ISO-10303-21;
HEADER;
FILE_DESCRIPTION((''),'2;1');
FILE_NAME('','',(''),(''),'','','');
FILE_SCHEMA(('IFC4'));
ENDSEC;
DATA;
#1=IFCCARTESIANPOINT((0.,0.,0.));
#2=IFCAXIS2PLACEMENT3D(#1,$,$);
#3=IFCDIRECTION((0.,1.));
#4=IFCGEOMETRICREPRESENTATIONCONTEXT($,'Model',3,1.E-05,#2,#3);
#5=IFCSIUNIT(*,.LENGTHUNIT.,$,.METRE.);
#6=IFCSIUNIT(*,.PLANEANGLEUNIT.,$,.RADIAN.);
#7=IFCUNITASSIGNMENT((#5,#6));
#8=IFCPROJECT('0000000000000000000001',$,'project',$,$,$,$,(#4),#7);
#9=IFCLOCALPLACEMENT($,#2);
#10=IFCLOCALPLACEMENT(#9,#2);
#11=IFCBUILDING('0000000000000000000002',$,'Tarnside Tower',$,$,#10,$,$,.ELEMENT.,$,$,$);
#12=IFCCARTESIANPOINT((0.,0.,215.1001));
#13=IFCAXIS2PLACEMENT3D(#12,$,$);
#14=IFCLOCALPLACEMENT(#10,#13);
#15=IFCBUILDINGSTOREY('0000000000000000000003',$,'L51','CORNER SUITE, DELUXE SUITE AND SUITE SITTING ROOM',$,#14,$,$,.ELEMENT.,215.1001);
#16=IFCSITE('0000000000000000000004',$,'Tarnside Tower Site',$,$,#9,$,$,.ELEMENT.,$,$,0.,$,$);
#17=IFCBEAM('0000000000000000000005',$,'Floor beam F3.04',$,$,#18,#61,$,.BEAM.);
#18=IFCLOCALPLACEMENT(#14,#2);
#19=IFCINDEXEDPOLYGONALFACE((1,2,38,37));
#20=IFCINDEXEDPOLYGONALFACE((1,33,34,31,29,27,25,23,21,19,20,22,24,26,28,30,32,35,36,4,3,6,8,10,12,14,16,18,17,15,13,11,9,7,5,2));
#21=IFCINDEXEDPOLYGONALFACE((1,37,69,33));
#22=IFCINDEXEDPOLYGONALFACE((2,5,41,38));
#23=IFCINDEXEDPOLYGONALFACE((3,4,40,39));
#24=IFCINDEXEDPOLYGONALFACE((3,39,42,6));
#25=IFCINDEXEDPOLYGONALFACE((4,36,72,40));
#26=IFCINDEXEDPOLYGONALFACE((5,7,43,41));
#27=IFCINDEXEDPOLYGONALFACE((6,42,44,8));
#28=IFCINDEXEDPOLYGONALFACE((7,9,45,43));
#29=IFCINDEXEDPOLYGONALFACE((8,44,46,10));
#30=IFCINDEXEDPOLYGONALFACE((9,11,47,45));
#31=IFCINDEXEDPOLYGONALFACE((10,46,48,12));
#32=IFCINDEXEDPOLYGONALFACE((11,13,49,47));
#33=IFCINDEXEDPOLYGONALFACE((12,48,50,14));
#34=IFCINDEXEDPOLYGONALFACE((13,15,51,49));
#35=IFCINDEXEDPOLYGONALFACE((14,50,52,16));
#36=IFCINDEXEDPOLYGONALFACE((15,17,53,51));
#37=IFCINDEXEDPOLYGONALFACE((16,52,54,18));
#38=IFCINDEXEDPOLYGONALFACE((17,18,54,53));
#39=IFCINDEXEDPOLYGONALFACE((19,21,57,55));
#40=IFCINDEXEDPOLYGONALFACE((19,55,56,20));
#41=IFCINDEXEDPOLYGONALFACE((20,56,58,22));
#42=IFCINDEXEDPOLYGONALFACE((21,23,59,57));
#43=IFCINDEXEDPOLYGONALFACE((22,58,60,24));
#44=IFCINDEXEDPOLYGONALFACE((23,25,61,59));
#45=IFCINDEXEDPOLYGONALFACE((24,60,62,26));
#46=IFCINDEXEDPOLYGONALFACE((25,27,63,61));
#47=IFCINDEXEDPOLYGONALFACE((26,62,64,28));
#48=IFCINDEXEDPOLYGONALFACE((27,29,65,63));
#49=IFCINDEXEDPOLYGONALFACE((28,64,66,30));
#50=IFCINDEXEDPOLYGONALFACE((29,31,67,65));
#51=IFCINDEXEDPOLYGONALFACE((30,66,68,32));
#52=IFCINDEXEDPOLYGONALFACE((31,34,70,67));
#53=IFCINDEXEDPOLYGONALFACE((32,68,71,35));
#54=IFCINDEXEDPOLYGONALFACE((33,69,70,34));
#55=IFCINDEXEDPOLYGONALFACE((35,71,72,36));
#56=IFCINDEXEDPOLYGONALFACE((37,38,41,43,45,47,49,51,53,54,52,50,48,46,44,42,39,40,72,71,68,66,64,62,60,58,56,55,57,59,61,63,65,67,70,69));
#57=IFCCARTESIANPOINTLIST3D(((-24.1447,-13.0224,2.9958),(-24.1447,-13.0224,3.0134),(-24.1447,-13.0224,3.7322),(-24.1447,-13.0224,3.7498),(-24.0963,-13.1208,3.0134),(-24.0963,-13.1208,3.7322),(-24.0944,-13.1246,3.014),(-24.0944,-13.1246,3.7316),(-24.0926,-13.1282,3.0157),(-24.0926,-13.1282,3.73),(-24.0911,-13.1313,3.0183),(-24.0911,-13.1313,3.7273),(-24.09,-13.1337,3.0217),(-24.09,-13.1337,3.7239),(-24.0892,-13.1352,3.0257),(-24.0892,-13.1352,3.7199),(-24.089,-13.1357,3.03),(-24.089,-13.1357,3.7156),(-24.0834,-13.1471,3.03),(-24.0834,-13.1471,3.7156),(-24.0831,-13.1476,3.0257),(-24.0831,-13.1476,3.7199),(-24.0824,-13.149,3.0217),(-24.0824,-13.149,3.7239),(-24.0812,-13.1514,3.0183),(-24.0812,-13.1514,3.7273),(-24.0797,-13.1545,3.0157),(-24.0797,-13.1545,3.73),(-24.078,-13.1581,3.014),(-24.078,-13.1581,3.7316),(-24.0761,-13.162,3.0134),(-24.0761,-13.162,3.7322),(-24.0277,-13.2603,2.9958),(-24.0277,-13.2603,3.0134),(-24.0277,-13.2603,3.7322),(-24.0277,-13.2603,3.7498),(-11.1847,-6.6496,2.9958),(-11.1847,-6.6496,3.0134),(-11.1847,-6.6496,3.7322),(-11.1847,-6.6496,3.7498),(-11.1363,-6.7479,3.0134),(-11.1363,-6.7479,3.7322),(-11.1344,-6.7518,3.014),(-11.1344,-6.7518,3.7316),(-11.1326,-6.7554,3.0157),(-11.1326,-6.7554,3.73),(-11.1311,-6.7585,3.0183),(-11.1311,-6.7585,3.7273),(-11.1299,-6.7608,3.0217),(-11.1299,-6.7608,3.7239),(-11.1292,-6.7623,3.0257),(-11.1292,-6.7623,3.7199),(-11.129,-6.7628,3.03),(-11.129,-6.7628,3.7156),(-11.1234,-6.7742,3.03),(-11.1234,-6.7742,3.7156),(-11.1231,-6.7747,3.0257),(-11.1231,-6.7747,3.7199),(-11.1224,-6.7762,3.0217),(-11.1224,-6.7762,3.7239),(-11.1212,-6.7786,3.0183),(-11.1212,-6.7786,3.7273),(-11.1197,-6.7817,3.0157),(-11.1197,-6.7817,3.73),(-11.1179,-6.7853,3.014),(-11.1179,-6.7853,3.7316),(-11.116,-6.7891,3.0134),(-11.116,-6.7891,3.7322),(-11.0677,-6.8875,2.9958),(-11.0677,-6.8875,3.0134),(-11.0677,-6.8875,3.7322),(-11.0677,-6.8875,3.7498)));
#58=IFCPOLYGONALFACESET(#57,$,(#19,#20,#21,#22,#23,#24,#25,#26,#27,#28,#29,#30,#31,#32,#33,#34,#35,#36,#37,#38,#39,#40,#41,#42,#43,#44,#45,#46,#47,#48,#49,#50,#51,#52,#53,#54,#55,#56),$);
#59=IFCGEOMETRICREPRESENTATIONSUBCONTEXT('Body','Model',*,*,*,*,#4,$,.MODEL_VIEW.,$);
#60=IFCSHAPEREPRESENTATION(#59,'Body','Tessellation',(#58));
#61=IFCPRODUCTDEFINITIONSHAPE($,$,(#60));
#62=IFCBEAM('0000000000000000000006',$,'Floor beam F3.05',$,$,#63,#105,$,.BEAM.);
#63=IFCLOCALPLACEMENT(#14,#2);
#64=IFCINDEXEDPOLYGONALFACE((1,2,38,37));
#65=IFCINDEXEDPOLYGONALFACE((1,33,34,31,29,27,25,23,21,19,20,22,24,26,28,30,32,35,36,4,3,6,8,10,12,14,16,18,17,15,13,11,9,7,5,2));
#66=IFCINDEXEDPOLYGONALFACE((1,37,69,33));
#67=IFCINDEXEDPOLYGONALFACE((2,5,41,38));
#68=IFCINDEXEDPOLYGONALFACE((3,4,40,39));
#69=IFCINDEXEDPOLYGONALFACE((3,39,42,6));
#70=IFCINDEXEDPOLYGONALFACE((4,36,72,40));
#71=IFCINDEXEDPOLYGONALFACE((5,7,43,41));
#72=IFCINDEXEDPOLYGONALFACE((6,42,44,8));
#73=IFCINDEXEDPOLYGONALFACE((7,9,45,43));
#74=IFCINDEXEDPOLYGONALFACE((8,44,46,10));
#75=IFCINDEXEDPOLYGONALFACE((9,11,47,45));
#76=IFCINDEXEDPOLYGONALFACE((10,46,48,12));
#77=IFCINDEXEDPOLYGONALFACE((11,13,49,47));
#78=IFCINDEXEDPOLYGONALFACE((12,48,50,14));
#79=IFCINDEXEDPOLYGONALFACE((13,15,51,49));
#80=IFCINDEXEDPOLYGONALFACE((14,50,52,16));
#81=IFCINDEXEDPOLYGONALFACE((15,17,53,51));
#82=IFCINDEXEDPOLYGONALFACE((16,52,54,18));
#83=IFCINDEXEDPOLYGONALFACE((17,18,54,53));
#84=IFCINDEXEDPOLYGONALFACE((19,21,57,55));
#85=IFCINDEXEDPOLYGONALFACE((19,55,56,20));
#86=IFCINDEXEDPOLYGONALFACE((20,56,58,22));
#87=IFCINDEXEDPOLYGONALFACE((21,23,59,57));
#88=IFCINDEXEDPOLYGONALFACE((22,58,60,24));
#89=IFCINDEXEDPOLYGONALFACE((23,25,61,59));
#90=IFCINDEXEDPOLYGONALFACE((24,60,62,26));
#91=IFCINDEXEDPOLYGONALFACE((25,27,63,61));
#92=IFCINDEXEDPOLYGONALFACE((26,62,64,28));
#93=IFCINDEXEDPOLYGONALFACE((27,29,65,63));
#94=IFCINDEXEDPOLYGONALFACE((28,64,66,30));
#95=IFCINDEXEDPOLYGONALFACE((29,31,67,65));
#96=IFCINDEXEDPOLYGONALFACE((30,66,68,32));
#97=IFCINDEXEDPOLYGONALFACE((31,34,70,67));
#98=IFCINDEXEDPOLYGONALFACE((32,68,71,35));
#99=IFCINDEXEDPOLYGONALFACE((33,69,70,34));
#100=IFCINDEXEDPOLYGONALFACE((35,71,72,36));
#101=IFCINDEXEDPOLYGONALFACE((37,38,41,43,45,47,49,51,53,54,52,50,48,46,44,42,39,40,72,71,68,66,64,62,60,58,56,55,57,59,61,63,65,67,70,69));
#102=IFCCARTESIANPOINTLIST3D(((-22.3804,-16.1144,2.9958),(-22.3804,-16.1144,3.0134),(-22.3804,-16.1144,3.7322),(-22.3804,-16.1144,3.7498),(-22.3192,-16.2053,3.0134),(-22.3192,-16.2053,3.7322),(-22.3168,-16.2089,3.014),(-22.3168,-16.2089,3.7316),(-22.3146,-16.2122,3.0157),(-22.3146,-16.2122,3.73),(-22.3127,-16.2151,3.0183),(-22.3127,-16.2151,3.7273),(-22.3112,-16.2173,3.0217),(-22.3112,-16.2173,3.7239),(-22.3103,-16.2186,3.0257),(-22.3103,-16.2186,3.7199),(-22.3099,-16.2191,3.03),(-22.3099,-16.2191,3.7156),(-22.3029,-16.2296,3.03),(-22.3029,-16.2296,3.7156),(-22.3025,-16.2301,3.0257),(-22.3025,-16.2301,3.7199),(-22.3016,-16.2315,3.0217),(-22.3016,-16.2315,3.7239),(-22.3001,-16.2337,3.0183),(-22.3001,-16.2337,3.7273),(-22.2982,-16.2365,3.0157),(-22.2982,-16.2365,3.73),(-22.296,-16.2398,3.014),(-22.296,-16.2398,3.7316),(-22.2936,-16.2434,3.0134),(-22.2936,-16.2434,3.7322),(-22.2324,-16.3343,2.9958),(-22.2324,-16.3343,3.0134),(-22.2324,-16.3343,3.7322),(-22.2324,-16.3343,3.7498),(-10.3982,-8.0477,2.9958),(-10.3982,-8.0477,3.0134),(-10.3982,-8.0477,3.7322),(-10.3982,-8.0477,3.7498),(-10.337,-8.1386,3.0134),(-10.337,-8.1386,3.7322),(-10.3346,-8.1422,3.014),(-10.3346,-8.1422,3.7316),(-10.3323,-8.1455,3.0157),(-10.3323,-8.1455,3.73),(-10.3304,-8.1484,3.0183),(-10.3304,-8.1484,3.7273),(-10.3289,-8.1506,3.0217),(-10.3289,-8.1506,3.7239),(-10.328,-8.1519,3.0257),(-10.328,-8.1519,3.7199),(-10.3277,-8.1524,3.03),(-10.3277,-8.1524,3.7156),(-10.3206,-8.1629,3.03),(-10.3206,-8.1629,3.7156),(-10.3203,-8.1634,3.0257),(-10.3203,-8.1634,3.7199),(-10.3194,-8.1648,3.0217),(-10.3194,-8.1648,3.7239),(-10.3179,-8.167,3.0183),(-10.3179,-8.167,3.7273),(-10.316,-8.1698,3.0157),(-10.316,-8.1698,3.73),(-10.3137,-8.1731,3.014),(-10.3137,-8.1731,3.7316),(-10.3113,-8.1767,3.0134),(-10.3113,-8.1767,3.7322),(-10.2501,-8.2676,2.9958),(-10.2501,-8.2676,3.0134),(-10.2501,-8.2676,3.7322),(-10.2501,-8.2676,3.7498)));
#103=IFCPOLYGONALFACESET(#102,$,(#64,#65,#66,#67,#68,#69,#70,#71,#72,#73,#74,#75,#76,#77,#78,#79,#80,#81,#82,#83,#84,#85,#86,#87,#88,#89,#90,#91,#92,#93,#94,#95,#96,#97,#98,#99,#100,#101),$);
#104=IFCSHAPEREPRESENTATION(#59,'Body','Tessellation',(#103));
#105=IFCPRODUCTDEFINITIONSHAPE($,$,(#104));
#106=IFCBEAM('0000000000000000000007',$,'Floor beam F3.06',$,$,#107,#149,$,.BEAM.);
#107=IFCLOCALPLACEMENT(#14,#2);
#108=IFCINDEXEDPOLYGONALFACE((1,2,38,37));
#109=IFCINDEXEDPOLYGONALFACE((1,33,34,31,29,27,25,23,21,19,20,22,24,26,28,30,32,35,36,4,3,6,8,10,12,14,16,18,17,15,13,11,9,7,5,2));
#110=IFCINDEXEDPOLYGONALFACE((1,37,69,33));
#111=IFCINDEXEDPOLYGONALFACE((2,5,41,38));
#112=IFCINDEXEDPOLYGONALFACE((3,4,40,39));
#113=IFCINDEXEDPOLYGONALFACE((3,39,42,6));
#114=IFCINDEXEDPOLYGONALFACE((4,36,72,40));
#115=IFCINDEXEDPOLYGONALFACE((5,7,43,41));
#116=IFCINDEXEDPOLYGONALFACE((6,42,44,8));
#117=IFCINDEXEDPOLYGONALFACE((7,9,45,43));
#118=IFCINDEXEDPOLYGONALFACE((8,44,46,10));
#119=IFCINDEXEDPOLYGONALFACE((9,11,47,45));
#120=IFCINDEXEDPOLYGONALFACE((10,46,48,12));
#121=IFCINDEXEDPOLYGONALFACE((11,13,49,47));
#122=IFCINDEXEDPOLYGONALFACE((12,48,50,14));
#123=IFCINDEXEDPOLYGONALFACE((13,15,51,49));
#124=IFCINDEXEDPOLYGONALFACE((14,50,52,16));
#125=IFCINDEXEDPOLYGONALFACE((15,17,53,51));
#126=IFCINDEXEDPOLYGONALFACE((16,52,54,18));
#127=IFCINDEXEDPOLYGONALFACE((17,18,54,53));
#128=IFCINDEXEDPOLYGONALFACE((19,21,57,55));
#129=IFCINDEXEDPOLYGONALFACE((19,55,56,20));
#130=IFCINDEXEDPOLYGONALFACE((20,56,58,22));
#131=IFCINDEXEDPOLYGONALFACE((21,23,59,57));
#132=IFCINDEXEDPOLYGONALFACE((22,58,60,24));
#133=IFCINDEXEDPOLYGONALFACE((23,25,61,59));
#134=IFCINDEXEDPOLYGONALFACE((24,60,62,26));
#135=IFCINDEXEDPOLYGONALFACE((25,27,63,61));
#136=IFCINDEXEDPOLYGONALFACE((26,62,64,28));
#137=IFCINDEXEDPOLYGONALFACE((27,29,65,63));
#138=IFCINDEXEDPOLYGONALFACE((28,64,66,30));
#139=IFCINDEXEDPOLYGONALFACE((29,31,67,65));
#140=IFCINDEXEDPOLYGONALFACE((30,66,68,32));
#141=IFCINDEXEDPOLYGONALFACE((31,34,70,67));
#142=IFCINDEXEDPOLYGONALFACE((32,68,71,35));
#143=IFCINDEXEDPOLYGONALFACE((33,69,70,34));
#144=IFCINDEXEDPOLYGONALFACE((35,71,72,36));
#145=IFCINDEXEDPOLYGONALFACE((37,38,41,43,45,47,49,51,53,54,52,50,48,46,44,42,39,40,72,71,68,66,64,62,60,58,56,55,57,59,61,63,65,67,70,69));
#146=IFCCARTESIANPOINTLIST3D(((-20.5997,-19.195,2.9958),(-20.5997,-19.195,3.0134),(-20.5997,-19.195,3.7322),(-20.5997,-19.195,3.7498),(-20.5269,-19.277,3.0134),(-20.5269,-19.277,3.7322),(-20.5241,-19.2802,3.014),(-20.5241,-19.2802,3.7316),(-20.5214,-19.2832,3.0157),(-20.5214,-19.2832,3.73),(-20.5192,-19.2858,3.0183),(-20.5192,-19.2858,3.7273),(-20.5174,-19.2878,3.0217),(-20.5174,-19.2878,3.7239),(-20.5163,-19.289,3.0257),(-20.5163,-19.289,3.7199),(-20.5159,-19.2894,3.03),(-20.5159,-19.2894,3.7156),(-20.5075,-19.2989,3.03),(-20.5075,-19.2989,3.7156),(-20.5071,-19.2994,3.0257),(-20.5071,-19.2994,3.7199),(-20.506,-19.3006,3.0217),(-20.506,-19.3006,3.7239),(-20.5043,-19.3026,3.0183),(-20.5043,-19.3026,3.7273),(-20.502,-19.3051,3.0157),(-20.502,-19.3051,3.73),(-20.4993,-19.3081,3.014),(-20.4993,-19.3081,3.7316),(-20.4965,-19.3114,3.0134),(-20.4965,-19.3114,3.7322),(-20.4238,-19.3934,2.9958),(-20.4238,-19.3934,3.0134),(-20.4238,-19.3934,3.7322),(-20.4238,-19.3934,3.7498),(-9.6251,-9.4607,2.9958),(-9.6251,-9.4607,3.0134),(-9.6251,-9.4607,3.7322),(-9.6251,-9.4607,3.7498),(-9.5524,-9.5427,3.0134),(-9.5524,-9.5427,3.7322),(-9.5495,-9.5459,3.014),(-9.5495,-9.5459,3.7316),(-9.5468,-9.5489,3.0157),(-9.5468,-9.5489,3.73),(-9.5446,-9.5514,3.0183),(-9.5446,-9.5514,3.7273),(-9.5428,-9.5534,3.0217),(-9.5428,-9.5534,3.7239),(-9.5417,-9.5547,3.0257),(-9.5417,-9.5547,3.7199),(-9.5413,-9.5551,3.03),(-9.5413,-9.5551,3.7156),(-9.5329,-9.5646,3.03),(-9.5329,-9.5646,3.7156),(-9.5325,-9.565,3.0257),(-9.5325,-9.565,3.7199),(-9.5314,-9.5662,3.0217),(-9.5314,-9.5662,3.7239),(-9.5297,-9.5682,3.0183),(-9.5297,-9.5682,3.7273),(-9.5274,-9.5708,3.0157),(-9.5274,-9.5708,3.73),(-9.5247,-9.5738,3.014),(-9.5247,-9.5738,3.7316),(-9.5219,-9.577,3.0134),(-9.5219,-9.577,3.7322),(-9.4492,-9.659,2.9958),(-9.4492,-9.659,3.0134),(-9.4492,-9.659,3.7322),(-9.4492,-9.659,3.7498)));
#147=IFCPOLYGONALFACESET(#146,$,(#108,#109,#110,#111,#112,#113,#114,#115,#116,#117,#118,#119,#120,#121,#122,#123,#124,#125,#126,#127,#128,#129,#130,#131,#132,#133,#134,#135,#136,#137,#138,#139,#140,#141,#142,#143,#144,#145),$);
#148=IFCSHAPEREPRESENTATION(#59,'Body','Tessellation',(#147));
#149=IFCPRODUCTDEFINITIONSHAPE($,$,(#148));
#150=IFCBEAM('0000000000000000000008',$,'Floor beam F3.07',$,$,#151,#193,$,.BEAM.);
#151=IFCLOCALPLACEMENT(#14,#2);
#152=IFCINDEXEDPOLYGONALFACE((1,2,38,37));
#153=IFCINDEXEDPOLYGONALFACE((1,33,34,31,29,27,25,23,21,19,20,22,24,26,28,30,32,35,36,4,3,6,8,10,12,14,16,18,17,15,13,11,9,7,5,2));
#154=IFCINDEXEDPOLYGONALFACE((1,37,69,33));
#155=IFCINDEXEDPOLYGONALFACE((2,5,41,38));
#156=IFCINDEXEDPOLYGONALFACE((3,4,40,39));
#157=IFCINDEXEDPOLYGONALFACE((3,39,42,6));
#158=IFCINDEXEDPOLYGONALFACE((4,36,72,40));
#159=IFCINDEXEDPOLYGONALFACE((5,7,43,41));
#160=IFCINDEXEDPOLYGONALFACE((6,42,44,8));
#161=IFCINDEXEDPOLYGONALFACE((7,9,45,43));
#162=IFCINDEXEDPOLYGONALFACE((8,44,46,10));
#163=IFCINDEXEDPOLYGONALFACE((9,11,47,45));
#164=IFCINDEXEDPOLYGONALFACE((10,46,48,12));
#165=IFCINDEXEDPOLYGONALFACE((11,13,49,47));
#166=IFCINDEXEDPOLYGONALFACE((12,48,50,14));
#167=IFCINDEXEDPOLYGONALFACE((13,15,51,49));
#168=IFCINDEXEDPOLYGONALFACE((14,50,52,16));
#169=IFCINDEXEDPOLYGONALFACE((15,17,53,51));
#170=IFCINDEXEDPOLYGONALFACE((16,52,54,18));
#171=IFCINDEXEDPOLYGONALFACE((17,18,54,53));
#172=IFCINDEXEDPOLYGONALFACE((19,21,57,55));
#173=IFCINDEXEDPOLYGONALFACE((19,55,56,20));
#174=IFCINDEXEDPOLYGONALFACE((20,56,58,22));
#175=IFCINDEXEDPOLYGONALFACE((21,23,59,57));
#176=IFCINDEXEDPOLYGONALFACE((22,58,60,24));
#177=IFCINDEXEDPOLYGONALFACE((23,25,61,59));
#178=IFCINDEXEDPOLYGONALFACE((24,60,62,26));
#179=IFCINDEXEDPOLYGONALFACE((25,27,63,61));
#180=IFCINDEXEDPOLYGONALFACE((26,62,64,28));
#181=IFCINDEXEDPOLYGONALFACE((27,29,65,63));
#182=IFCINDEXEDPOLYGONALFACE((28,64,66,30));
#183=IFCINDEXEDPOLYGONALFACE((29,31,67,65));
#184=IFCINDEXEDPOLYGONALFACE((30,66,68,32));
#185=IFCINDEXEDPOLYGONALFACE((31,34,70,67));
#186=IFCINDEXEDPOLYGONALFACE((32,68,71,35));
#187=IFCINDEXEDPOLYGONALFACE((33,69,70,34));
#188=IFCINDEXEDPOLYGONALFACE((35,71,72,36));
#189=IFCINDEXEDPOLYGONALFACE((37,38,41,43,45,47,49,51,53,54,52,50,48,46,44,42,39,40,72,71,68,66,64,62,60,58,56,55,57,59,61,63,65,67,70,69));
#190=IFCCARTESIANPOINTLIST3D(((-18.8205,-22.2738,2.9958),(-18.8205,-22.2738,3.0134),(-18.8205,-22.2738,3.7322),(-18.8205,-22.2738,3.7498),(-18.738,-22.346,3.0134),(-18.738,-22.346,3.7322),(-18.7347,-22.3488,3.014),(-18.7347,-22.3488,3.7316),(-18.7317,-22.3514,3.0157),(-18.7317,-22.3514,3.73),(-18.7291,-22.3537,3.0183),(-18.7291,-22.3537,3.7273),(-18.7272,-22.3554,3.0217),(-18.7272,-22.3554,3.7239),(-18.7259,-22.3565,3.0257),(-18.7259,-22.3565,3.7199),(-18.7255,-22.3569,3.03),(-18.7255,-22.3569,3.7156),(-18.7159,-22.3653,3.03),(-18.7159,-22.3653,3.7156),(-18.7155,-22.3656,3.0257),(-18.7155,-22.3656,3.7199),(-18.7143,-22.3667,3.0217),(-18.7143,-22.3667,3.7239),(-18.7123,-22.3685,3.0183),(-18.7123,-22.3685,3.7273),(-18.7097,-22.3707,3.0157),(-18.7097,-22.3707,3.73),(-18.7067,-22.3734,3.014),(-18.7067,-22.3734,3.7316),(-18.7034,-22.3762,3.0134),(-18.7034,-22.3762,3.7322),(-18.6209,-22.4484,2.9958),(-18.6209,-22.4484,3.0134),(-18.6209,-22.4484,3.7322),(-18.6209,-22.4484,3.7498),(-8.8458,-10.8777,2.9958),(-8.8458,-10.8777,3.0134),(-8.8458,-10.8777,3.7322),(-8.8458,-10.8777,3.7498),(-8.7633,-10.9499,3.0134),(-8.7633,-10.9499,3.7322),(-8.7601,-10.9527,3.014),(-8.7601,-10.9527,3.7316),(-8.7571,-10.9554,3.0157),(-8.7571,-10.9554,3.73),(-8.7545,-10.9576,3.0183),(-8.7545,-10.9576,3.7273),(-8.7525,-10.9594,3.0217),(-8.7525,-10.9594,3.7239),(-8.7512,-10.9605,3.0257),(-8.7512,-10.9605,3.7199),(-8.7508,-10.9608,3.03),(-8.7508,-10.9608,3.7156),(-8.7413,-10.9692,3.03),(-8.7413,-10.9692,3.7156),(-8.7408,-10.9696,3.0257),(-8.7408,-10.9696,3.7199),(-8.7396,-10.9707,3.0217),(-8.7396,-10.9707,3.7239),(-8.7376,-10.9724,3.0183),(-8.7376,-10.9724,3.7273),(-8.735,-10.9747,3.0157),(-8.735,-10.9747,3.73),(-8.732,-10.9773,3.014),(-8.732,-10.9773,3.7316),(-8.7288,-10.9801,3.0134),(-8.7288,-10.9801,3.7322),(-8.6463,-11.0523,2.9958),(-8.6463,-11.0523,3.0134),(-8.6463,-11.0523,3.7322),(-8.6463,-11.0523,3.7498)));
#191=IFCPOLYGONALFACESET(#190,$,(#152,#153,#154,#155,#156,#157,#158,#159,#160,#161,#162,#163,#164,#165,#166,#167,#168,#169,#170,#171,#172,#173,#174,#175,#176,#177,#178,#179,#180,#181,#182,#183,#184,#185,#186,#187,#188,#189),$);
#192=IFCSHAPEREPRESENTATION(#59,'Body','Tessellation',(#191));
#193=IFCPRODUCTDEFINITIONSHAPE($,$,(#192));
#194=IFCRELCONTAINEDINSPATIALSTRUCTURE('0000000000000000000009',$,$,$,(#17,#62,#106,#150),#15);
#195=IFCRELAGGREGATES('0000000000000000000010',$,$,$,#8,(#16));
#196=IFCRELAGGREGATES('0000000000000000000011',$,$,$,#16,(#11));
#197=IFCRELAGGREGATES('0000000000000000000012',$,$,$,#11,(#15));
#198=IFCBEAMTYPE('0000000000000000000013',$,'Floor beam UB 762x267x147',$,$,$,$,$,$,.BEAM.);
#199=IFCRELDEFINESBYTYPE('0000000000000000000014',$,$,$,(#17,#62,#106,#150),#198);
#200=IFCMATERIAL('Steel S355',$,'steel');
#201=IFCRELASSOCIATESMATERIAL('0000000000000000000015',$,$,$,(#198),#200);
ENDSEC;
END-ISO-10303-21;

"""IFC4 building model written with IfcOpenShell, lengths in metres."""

from ifc_helpers import new_model, si_unit, direction, frame, origin, origin_2d, place, context, subcontext, project, spatial, i_section, extrude, material, material_profile, profile_set, type_object, element, save


model = new_model("IFC4")

# Units and contexts
model_context = context("Model", 3, precision=1e-05, world=origin(), true_north=direction((0.0, 1.0)))
body_context = subcontext(model_context, "Body", "Model", "MODEL_VIEW")
ifc_project = project(units=[si_unit("LENGTHUNIT", "METRE"), si_unit("PLANEANGLEUNIT", "RADIAN")], contexts=[model_context])

# Site, building, storey
site_placement = place(None, origin())
site = spatial("IfcSite", under=ifc_project, at=site_placement, Name="Tarnside Tower Site", CompositionType="ELEMENT", RefElevation=0.0)
building_placement = place(site_placement, origin())
building = spatial("IfcBuilding", under=site, at=building_placement, Name="Tarnside Tower", CompositionType="ELEMENT")
storey_placement = place(building_placement, frame((0.0, 0.0, 215.1001)))
storey = spatial("IfcBuildingStorey", under=building, at=storey_placement, Name="L51", Description="CORNER SUITE, DELUXE SUITE AND SUITE SITTING ROOM", CompositionType="ELEMENT", Elevation=215.1001)

# Beams
ifc_material_1 = material(Name="Steel S355", Category="steel")
ifc_material_profile_1 = material_profile(ifc_material_1, i_section(OverallWidth=0.2651, OverallDepth=0.7539, WebThickness=0.0127, FlangeThickness=0.0176, FilletRadius=0.0166, at=origin_2d()), Name="UB 762x267x147")
ifc_profile_set_1 = profile_set([ifc_material_profile_1], Name="Steel S355")
beam_type_1 = type_object("IfcBeamType", Name="Floor beam UB 762x267x147", PredefinedType="BEAM", material=ifc_profile_set_1)
beam_1_placement = place(storey_placement, frame((-24.0862, -13.1414, 3.3728), z_axis=(0.897376, 0.441267, 0.0), x_axis=(-0.441267, 0.897376, 0.0)))
element("IfcBeam", 1, at=beam_1_placement, inside=storey, type_object=beam_type_1, Name="Floor beam F3.04", PredefinedType="BEAM", context=body_context, shape_type="SweptSolid", body=[
    extrude(i_section(OverallWidth=0.2651, OverallDepth=0.7539, WebThickness=0.0127, FlangeThickness=0.0176, FilletRadius=0.0166, at=origin_2d()), origin(), (0.0, 0.0, 1.0), 14.4421),
])
beam_2_placement = place(storey_placement, frame((-22.3064, -16.2244, 3.3728), z_axis=(0.829532, 0.558458, 0.0), x_axis=(-0.558458, 0.829532, 0.0)))
element("IfcBeam", 2, at=beam_2_placement, inside=storey, type_object=beam_type_1, Name="Floor beam F3.05", PredefinedType="BEAM", context=body_context, shape_type="SweptSolid", body=[
    extrude(i_section(OverallWidth=0.2651, OverallDepth=0.7539, WebThickness=0.0127, FlangeThickness=0.0176, FilletRadius=0.0166, at=origin_2d()), origin(), (0.0, 0.0, 1.0), 14.4446),
])
beam_3_placement = place(storey_placement, frame((-20.5117, -19.2942, 3.3728), z_axis=(0.748114, 0.66357, 0.0), x_axis=(-0.66357, 0.748114, 0.0)))
element("IfcBeam", 3, at=beam_3_placement, inside=storey, type_object=beam_type_1, Name="Floor beam F3.06", PredefinedType="BEAM", context=body_context, shape_type="SweptSolid", body=[
    extrude(i_section(OverallWidth=0.2651, OverallDepth=0.7539, WebThickness=0.0127, FlangeThickness=0.0176, FilletRadius=0.0166, at=origin_2d()), origin(), (0.0, 0.0, 1.0), 14.6697),
])
beam_4_placement = place(storey_placement, frame((-18.7207, -22.3611, 3.3728), z_axis=(0.658621, 0.752475, 0.0), x_axis=(-0.752475, 0.658621, 0.0)))
element("IfcBeam", 4, at=beam_4_placement, inside=storey, type_object=beam_type_1, Name="Floor beam F3.07", PredefinedType="BEAM", context=body_context, shape_type="SweptSolid", body=[
    extrude(i_section(OverallWidth=0.2651, OverallDepth=0.7539, WebThickness=0.0127, FlangeThickness=0.0176, FilletRadius=0.0166, at=origin_2d()), origin(), (0.0, 0.0, 1.0), 15.1448),
])

save(model, "model.ifc")
